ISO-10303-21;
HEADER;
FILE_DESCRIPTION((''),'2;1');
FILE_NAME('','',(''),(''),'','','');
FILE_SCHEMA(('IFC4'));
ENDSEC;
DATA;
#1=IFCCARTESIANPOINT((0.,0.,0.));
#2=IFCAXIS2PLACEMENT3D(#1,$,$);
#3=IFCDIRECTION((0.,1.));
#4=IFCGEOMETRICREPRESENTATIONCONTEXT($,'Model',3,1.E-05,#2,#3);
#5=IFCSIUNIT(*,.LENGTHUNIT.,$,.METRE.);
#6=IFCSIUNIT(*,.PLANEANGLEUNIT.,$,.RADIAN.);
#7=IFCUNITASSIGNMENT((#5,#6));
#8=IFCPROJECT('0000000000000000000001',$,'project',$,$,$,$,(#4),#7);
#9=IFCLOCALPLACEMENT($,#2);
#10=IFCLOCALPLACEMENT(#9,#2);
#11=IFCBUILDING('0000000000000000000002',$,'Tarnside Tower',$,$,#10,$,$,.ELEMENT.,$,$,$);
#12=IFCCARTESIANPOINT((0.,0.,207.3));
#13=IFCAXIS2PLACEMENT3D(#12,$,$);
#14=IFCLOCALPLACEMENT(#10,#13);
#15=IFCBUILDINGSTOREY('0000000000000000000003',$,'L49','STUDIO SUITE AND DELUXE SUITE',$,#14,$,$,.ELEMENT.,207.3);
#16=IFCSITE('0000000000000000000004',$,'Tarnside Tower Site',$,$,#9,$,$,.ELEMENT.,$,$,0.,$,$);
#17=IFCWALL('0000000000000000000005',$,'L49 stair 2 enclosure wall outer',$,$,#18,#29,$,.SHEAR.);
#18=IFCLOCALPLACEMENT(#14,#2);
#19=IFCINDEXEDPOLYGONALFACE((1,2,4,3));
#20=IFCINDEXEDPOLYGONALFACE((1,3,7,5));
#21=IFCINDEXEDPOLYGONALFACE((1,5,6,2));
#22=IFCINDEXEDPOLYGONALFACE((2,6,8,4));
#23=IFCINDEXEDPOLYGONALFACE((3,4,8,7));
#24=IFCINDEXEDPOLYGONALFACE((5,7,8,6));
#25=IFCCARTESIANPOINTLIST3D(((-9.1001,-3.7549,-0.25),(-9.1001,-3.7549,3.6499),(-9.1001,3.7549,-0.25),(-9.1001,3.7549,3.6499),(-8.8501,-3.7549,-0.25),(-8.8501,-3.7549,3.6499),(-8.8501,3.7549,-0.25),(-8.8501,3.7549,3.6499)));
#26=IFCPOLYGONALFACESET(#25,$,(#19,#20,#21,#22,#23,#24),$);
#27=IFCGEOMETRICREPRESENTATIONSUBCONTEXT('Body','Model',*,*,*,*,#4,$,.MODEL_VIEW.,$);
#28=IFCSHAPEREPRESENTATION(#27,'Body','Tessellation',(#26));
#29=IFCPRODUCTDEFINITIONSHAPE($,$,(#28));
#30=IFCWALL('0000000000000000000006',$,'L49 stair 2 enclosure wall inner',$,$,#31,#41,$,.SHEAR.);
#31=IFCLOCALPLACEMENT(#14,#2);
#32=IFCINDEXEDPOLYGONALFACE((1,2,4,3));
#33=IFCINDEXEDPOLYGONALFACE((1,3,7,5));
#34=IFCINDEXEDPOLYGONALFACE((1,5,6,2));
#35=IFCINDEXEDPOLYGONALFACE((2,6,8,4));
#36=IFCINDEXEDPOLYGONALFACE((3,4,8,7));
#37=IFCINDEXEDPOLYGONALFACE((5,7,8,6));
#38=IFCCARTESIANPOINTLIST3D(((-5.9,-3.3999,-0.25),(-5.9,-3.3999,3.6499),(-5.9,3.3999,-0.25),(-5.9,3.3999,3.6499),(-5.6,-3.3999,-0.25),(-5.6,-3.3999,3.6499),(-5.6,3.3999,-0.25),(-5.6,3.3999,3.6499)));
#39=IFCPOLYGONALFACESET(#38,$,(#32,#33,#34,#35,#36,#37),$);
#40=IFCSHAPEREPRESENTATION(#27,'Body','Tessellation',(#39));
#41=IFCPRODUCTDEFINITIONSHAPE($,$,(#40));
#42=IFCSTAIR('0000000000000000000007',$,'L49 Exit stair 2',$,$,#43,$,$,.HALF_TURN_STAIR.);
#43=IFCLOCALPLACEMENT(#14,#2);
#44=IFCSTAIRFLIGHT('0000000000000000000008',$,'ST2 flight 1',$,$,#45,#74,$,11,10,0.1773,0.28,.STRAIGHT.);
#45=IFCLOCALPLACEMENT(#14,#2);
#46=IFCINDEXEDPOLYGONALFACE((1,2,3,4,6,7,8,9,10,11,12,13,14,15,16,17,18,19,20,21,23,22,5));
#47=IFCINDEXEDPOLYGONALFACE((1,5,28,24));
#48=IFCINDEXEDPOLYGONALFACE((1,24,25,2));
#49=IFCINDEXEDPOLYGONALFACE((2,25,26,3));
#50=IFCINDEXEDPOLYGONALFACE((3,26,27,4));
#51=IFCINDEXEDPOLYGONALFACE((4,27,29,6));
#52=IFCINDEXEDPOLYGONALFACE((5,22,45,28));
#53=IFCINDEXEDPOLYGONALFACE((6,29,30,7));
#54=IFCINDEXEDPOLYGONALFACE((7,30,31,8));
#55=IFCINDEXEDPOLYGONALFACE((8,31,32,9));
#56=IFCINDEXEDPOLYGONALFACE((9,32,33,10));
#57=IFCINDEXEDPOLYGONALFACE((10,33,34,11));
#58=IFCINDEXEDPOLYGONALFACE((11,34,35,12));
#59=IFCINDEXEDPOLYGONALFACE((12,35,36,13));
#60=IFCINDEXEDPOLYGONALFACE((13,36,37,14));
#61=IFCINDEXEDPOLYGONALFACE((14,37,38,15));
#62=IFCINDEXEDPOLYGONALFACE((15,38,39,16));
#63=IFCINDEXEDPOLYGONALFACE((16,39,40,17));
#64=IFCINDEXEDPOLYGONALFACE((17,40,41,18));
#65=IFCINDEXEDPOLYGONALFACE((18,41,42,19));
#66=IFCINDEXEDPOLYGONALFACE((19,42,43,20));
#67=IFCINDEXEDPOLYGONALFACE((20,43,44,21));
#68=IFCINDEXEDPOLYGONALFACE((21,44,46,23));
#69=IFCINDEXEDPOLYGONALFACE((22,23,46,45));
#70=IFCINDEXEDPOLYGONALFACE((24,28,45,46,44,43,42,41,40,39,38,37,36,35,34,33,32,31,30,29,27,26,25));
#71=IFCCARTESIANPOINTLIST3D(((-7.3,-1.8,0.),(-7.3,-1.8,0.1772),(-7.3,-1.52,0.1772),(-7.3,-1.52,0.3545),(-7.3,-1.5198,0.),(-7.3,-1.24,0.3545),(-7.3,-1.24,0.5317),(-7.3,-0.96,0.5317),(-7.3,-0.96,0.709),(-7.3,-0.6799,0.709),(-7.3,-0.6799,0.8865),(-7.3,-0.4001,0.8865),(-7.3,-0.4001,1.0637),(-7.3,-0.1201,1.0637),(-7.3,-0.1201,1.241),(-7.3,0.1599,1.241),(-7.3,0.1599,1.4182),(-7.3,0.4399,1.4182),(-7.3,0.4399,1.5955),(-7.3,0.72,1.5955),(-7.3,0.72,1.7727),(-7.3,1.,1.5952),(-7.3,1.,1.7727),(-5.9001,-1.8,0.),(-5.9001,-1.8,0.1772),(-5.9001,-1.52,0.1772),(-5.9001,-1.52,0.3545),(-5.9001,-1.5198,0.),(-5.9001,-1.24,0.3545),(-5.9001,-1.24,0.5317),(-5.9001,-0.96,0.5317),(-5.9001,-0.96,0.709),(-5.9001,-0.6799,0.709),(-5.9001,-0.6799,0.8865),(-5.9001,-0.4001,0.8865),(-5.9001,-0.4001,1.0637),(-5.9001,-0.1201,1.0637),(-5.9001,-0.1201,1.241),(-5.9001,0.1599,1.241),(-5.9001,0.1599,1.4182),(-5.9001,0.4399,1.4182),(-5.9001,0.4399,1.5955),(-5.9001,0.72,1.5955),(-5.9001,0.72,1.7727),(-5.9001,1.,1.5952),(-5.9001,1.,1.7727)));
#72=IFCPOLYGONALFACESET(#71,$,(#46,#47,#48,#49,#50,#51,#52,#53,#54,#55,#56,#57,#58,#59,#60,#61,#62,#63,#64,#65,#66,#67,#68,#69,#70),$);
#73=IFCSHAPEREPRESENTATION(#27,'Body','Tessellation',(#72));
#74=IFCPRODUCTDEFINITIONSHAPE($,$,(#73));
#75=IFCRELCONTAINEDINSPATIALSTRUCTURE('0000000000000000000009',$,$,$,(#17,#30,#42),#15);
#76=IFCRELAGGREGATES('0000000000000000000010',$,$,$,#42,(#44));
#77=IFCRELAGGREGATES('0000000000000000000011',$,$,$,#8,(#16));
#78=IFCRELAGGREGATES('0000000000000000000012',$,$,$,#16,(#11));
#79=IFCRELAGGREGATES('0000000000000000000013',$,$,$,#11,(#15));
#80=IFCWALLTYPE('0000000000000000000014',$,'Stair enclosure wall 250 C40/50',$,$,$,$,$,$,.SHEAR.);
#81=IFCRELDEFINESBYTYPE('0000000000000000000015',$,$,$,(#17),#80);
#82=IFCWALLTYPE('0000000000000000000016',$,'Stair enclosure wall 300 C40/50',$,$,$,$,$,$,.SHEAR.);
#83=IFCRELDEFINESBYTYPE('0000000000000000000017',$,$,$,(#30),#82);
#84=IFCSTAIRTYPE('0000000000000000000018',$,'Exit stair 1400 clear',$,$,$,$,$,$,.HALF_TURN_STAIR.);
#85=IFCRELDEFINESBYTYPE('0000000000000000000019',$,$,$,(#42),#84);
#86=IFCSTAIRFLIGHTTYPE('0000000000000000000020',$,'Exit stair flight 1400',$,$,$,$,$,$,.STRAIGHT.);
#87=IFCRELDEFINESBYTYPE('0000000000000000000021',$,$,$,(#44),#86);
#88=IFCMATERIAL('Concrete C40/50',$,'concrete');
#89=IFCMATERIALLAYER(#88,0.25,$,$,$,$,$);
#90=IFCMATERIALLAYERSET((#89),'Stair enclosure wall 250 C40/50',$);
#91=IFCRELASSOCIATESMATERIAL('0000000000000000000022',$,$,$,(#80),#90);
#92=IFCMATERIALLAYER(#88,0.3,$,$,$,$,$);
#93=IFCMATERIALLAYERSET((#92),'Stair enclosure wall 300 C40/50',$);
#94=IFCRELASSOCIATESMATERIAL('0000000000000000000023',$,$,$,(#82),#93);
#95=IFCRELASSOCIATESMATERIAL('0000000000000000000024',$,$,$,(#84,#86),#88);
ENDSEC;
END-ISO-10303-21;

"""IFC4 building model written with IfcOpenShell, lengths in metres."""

from ifc_helpers import new_model, si_unit, direction, frame, frame_2d, origin, place, context, subcontext, project, spatial, polyline, rectangle, outline, extrude, material, layer, layer_set, type_object, element, aggregate, save


model = new_model("IFC4")

# Units and contexts
model_context = context("Model", 3, precision=1e-05, world=origin(), true_north=direction((0.0, 1.0)))
body_context = subcontext(model_context, "Body", "Model", "MODEL_VIEW")
ifc_project = project(units=[si_unit("LENGTHUNIT", "METRE"), si_unit("PLANEANGLEUNIT", "RADIAN")], contexts=[model_context])

# Site, building, storey
site_placement = place(None, origin())
site = spatial("IfcSite", under=ifc_project, at=site_placement, Name="Tarnside Tower Site", CompositionType="ELEMENT", RefElevation=0.0)
building_placement = place(site_placement, origin())
building = spatial("IfcBuilding", under=site, at=building_placement, Name="Tarnside Tower", CompositionType="ELEMENT")
storey_placement = place(building_placement, frame((0.0, 0.0, 207.3)))
storey = spatial("IfcBuildingStorey", under=building, at=storey_placement, Name="L49", Description="STUDIO SUITE AND DELUXE SUITE", CompositionType="ELEMENT", Elevation=207.3)

# Shared definitions
ifc_material_1 = material(Name="Concrete C40/50", Category="concrete")

# Walls
ifc_layer_1 = layer(ifc_material_1, 0.25)
ifc_layer_set_1 = layer_set([ifc_layer_1], Name="Stair enclosure wall 250 C40/50")
wall_type_1 = type_object("IfcWallType", Name="Stair enclosure wall 250 C40/50", PredefinedType="SHEAR", material=ifc_layer_set_1)
wall_1_placement = place(storey_placement, frame((-8.9751, -3.7549, -0.25), z_axis=(0.0, 0.0, 1.0), x_axis=(0.0, 1.0, 0.0)))
element("IfcWall", 1, at=wall_1_placement, inside=storey, type_object=wall_type_1, Name="L49 stair 2 enclosure wall outer", PredefinedType="SHEAR", context=body_context, shape_type="SweptSolid", body=[
    extrude(rectangle(XDim=7.5098, YDim=0.25, at=frame_2d((3.7549, 0.0))), origin(), (0.0, 0.0, 1.0), 3.8999),
])
ifc_layer_2 = layer(ifc_material_1, 0.3)
ifc_layer_set_2 = layer_set([ifc_layer_2], Name="Stair enclosure wall 300 C40/50")
wall_type_2 = type_object("IfcWallType", Name="Stair enclosure wall 300 C40/50", PredefinedType="SHEAR", material=ifc_layer_set_2)
wall_2_placement = place(storey_placement, frame((-5.75, -3.3999, -0.25), z_axis=(0.0, 0.0, 1.0), x_axis=(0.0, 1.0, 0.0)))
element("IfcWall", 2, at=wall_2_placement, inside=storey, type_object=wall_type_2, Name="L49 stair 2 enclosure wall inner", PredefinedType="SHEAR", context=body_context, shape_type="SweptSolid", body=[
    extrude(rectangle(XDim=6.7998, YDim=0.3, at=frame_2d((3.3999, 0.0))), origin(), (0.0, 0.0, 1.0), 3.8999),
])

# Stair, stair flight
stair_type = type_object("IfcStairType", Name="Exit stair 1400 clear", PredefinedType="HALF_TURN_STAIR", material=ifc_material_1)
stair_placement = place(storey_placement, origin())
stair = element("IfcStair", 3, at=stair_placement, inside=storey, type_object=stair_type, Name="L49 Exit stair 2", PredefinedType="HALF_TURN_STAIR")
stair_flight_type = type_object("IfcStairFlightType", Name="Exit stair flight 1400", PredefinedType="STRAIGHT", material=ifc_material_1)
stair_flight_placement = place(storey_placement, frame((-6.6001, -1.8, 0.0), z_axis=(0.0, 0.0, 1.0), x_axis=(0.0, 1.0, 0.0)))
stair_flight = element("IfcStairFlight", 4, at=stair_flight_placement, type_object=stair_flight_type, Name="ST2 flight 1", NumberOfRisers=11, NumberOfTreads=10, PredefinedType="STRAIGHT", RiserHeight=0.1773, TreadLength=0.28, context=body_context, shape_type="SweptSolid", body=[
    extrude(outline(polyline([(0.0, 0.0), (0.0, 0.1772), (0.28, 0.1772), (0.28, 0.3545), (0.5601, 0.3545), (0.5601, 0.5317), (0.8401, 0.5317), (0.8401, 0.709), (1.1201, 0.709), (1.1201, 0.8865), (1.3999, 0.8865), (1.3999, 1.0637), (1.6799, 1.0637), (1.6799, 1.241), (1.96, 1.241), (1.96, 1.4182), (2.24, 1.4182), (2.24, 1.5955), (2.52, 1.5955), (2.52, 1.7727), (2.8, 1.7727), (2.8, 1.95), (2.8, 1.5952), (0.2803, 0.0), (0.0, 0.0)])), frame((0.0, 0.7, 0.0), z_axis=(0.0, -1.0, 0.0), x_axis=(1.0, 0.0, 0.0)), (0.0, 0.0, 1.0), 1.3999),
])
aggregate(stair, [stair_flight])

save(model, "model.ifc")
